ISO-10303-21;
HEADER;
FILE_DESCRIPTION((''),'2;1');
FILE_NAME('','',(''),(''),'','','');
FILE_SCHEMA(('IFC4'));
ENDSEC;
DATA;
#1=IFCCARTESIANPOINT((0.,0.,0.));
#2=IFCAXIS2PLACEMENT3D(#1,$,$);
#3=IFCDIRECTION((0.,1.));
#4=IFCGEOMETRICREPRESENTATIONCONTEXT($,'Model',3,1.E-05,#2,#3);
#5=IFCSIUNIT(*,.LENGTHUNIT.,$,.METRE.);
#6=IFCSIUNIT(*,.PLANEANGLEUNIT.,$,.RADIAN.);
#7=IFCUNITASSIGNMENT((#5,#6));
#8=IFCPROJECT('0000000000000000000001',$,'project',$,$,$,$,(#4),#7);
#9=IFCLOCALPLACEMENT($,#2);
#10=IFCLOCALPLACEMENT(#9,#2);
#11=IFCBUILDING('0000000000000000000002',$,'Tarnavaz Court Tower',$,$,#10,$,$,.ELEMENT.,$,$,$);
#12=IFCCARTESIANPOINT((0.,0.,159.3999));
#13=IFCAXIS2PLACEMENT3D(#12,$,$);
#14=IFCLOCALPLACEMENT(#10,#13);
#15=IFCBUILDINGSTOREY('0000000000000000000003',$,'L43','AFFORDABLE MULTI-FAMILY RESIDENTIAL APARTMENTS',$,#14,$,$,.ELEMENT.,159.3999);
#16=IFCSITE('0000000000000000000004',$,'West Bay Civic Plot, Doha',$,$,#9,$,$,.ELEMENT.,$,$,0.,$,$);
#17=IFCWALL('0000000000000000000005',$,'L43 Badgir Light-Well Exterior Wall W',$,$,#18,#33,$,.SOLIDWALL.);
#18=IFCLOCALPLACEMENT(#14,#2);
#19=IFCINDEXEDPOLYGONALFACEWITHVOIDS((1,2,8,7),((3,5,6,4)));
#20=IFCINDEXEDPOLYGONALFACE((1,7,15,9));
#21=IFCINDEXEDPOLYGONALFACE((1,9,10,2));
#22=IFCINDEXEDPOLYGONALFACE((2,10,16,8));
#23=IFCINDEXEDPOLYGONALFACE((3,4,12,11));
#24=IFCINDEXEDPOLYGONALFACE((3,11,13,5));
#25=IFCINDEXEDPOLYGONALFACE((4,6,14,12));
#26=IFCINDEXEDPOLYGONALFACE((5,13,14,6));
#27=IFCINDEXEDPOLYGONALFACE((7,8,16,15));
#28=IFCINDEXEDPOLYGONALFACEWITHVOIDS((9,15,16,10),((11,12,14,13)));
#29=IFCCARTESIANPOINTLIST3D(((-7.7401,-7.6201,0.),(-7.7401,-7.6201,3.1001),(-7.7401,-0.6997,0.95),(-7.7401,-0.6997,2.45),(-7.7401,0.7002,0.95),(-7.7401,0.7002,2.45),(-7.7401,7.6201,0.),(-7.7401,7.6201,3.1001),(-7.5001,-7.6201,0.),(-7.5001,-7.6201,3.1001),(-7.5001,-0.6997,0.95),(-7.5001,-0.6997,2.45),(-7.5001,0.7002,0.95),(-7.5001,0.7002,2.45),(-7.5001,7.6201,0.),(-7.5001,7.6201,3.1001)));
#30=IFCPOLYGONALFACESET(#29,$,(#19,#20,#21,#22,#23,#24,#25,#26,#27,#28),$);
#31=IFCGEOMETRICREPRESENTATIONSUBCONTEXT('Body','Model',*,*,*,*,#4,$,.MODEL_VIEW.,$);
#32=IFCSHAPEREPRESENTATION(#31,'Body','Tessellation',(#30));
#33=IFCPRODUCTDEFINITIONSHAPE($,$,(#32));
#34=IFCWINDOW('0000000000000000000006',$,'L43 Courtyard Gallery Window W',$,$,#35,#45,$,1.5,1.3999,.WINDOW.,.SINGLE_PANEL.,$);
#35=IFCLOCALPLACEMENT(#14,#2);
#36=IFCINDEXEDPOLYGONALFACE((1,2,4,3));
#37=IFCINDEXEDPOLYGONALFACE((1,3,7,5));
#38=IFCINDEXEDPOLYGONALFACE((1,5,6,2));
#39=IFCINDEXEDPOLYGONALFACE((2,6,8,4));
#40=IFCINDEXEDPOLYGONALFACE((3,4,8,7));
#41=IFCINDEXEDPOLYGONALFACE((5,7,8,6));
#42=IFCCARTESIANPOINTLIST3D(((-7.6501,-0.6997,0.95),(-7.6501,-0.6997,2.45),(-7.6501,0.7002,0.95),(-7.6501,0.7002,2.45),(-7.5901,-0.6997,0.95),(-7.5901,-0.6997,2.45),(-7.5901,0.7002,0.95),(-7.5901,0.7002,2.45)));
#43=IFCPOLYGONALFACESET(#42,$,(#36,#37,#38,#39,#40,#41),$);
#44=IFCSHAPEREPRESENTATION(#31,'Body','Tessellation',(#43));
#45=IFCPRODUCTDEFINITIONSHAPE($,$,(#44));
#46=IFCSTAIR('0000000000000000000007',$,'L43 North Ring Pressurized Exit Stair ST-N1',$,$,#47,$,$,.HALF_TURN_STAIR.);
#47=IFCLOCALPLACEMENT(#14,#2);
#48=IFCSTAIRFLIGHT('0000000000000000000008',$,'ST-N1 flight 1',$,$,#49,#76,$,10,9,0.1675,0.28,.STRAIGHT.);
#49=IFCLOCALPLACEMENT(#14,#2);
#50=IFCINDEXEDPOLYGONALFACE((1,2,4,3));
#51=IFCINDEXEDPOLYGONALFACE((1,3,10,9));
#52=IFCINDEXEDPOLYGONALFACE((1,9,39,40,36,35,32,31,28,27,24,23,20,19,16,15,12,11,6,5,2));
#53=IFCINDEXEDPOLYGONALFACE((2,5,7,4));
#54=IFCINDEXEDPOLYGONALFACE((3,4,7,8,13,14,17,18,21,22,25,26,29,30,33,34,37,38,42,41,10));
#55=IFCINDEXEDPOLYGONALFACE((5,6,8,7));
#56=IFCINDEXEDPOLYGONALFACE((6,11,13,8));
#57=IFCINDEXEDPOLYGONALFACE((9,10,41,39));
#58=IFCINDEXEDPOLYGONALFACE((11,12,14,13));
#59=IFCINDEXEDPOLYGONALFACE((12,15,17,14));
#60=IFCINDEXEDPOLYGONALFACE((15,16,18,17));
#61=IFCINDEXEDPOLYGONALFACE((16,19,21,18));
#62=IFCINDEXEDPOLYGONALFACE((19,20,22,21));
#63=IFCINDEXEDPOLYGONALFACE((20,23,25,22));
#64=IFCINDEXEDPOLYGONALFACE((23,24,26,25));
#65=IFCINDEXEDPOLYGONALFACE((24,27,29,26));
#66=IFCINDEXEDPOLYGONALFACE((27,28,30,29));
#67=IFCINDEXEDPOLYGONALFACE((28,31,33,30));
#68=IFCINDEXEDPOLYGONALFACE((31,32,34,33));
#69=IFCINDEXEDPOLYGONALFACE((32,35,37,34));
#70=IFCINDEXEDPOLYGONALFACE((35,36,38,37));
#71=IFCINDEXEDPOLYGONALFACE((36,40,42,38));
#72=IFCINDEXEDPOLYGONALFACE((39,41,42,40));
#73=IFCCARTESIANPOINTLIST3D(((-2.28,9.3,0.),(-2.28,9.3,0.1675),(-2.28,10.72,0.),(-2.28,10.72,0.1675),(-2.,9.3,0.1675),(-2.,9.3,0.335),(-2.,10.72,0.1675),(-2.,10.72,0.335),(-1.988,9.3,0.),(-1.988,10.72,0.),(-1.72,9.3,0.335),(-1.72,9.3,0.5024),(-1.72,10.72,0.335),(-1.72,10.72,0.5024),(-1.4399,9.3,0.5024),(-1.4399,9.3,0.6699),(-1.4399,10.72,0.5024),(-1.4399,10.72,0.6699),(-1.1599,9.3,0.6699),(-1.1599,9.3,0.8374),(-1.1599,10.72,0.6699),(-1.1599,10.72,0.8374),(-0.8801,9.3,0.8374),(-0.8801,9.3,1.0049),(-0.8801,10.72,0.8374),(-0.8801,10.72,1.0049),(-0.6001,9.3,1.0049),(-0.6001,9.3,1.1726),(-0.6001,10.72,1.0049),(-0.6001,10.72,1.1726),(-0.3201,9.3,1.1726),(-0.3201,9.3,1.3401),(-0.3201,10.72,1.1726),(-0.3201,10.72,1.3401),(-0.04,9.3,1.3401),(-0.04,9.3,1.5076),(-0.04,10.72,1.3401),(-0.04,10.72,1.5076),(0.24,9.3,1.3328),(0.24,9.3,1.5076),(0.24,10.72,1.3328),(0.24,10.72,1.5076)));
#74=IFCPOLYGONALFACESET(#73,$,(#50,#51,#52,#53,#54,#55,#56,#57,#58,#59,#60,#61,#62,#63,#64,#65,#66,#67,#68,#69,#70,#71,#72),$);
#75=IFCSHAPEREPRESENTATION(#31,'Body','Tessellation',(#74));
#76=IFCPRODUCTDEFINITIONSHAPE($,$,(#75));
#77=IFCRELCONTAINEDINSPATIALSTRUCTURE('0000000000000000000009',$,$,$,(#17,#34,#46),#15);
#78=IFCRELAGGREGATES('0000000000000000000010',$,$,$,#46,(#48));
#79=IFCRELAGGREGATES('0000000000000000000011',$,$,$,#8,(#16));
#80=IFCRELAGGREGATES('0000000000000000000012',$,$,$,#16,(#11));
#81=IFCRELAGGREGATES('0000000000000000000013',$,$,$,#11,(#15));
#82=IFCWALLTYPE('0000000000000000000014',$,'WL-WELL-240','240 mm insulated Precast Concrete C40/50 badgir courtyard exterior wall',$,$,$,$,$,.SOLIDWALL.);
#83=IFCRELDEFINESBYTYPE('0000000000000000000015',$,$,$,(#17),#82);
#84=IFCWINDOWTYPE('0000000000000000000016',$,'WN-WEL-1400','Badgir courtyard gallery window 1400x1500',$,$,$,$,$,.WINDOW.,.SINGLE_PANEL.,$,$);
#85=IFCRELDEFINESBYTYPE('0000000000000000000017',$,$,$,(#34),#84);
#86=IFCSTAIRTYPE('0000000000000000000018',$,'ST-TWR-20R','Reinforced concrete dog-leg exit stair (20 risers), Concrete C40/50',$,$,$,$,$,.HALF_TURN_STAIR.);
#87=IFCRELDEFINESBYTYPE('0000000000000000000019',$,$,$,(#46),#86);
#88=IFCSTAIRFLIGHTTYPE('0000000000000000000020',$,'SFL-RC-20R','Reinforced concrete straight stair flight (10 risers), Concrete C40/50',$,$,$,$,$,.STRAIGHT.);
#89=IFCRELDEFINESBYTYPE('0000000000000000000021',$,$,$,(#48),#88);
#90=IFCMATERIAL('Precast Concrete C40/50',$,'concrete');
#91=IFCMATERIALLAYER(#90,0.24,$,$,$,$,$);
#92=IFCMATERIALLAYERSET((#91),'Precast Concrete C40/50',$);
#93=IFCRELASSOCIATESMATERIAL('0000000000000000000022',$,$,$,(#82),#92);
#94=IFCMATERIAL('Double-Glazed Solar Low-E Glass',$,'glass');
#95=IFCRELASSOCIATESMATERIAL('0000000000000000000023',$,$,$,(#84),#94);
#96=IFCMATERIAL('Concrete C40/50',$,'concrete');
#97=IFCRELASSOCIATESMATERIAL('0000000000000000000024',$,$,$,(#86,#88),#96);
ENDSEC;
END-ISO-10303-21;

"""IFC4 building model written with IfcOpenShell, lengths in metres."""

from ifc_helpers import new_model, si_unit, direction, frame, frame_2d, origin, place, context, subcontext, project, spatial, polyline, rectangle, outline, extrude, material, layer, layer_set, type_object, element, fill, aggregate, save


model = new_model("IFC4")

# Units and contexts
model_context = context("Model", 3, precision=1e-05, world=origin(), true_north=direction((0.0, 1.0)))
body_context = subcontext(model_context, "Body", "Model", "MODEL_VIEW")
ifc_project = project(units=[si_unit("LENGTHUNIT", "METRE"), si_unit("PLANEANGLEUNIT", "RADIAN")], contexts=[model_context])

# Site, building, storey
site_placement = place(None, origin())
site = spatial("IfcSite", under=ifc_project, at=site_placement, Name="West Bay Civic Plot, Doha", CompositionType="ELEMENT", RefElevation=0.0)
building_placement = place(site_placement, origin())
building = spatial("IfcBuilding", under=site, at=building_placement, Name="Tarnavaz Court Tower", CompositionType="ELEMENT")
storey_placement = place(building_placement, frame((0.0, 0.0, 159.3999)))
storey = spatial("IfcBuildingStorey", under=building, at=storey_placement, Name="L43", Description="AFFORDABLE MULTI-FAMILY RESIDENTIAL APARTMENTS", CompositionType="ELEMENT", Elevation=159.3999)

# Wall, opening, window
ifc_material_1 = material(Name="Precast Concrete C40/50", Category="concrete")
ifc_layer_1 = layer(ifc_material_1, 0.24)
ifc_layer_set_1 = layer_set([ifc_layer_1], Name="Precast Concrete C40/50")
wall_type_1 = type_object("IfcWallType", Name="WL-WELL-240", Description="240 mm insulated Precast Concrete C40/50 badgir courtyard exterior wall", PredefinedType="SOLIDWALL", material=ifc_layer_set_1)
wall_1_placement = place(storey_placement, frame((-7.6201, 7.6201, 0.0), z_axis=(0.0, 0.0, 1.0), x_axis=(0.0, -1.0, 0.0)))
wall_1 = element("IfcWall", 1, at=wall_1_placement, inside=storey, type_object=wall_type_1, Name="L43 Badgir Light-Well Exterior Wall W", PredefinedType="SOLIDWALL", context=body_context, shape_type="SweptSolid", body=[
    extrude(rectangle(XDim=15.2402, YDim=0.24, at=frame_2d((7.6201, 0.0))), origin(), (0.0, 0.0, 1.0), 3.1001),
])
opening_1_placement = place(wall_1_placement, frame((6.9199, 0.0, 0.95)))
opening_1 = element("IfcOpeningElement", 2, at=opening_1_placement, cuts=wall_1, PredefinedType="OPENING", context=body_context, shape_type="SweptSolid", body=[
    extrude(rectangle(XDim=1.3999, YDim=1.5, at=frame_2d((0.7, 0.75))), frame((0.0, 0.1299, 0.0), z_axis=(0.0, -1.0, 0.0), x_axis=(1.0, 0.0, 0.0)), (0.0, 0.0, 1.0), 0.26),
])
ifc_material_2 = material(Name="Double-Glazed Solar Low-E Glass", Category="glass")
window_type = type_object("IfcWindowType", Name="WN-WEL-1400", Description="Badgir courtyard gallery window 1400x1500", PartitioningType="SINGLE_PANEL", PredefinedType="WINDOW", material=ifc_material_2)
window_placement = place(opening_1_placement, origin())
window = element("IfcWindow", 3, at=window_placement, inside=storey, type_object=window_type, Name="L43 Courtyard Gallery Window W", OverallHeight=1.5, OverallWidth=1.3999, PartitioningType="SINGLE_PANEL", PredefinedType="WINDOW", context=body_context, shape_type="SweptSolid", body=[
    extrude(rectangle(XDim=1.3999, YDim=1.5, at=frame_2d((0.7, 0.75))), frame((0.0, 0.03, 0.0), z_axis=(0.0, -1.0, 0.0), x_axis=(1.0, 0.0, 0.0)), (0.0, 0.0, 1.0), 0.0601),
])
fill(opening_1, window)

# Stair, stair flight
ifc_material_3 = material(Name="Concrete C40/50", Category="concrete")
stair_type = type_object("IfcStairType", Name="ST-TWR-20R", Description="Reinforced concrete dog-leg exit stair (20 risers), Concrete C40/50", PredefinedType="HALF_TURN_STAIR", material=ifc_material_3)
stair_placement = place(storey_placement, origin())
stair = element("IfcStair", 4, at=stair_placement, inside=storey, type_object=stair_type, Name="L43 North Ring Pressurized Exit Stair ST-N1", PredefinedType="HALF_TURN_STAIR")
stair_flight_type = type_object("IfcStairFlightType", Name="SFL-RC-20R", Description="Reinforced concrete straight stair flight (10 risers), Concrete C40/50", PredefinedType="STRAIGHT", material=ifc_material_3)
stair_flight_placement = place(storey_placement, frame((-2.28, 10.01, 0.0), z_axis=(0.0, 0.0, 1.0), x_axis=(1.0, 0.0, 0.0)))
stair_flight = element("IfcStairFlight", 5, at=stair_flight_placement, type_object=stair_flight_type, Name="ST-N1 flight 1", NumberOfRisers=10, NumberOfTreads=9, PredefinedType="STRAIGHT", RiserHeight=0.1675, TreadLength=0.28, context=body_context, shape_type="SweptSolid", body=[
    extrude(outline(polyline([(0.0, 0.0), (0.0, 0.1675), (0.28, 0.1675), (0.28, 0.335), (0.5601, 0.335), (0.5601, 0.5024), (0.8401, 0.5024), (0.8401, 0.6699), (1.1201, 0.6699), (1.1201, 0.8374), (1.3999, 0.8374), (1.3999, 1.0049), (1.6799, 1.0049), (1.6799, 1.1726), (1.96, 1.1726), (1.96, 1.3401), (2.24, 1.3401), (2.24, 1.5076), (2.52, 1.5076), (2.52, 1.675), (2.52, 1.3328), (0.292, 0.0), (0.0, 0.0)])), frame((0.0, 0.71, 0.0), z_axis=(0.0, -1.0, 0.0), x_axis=(1.0, 0.0, 0.0)), (0.0, 0.0, 1.0), 1.4199),
])
aggregate(stair, [stair_flight])

save(model, "model.ifc")
